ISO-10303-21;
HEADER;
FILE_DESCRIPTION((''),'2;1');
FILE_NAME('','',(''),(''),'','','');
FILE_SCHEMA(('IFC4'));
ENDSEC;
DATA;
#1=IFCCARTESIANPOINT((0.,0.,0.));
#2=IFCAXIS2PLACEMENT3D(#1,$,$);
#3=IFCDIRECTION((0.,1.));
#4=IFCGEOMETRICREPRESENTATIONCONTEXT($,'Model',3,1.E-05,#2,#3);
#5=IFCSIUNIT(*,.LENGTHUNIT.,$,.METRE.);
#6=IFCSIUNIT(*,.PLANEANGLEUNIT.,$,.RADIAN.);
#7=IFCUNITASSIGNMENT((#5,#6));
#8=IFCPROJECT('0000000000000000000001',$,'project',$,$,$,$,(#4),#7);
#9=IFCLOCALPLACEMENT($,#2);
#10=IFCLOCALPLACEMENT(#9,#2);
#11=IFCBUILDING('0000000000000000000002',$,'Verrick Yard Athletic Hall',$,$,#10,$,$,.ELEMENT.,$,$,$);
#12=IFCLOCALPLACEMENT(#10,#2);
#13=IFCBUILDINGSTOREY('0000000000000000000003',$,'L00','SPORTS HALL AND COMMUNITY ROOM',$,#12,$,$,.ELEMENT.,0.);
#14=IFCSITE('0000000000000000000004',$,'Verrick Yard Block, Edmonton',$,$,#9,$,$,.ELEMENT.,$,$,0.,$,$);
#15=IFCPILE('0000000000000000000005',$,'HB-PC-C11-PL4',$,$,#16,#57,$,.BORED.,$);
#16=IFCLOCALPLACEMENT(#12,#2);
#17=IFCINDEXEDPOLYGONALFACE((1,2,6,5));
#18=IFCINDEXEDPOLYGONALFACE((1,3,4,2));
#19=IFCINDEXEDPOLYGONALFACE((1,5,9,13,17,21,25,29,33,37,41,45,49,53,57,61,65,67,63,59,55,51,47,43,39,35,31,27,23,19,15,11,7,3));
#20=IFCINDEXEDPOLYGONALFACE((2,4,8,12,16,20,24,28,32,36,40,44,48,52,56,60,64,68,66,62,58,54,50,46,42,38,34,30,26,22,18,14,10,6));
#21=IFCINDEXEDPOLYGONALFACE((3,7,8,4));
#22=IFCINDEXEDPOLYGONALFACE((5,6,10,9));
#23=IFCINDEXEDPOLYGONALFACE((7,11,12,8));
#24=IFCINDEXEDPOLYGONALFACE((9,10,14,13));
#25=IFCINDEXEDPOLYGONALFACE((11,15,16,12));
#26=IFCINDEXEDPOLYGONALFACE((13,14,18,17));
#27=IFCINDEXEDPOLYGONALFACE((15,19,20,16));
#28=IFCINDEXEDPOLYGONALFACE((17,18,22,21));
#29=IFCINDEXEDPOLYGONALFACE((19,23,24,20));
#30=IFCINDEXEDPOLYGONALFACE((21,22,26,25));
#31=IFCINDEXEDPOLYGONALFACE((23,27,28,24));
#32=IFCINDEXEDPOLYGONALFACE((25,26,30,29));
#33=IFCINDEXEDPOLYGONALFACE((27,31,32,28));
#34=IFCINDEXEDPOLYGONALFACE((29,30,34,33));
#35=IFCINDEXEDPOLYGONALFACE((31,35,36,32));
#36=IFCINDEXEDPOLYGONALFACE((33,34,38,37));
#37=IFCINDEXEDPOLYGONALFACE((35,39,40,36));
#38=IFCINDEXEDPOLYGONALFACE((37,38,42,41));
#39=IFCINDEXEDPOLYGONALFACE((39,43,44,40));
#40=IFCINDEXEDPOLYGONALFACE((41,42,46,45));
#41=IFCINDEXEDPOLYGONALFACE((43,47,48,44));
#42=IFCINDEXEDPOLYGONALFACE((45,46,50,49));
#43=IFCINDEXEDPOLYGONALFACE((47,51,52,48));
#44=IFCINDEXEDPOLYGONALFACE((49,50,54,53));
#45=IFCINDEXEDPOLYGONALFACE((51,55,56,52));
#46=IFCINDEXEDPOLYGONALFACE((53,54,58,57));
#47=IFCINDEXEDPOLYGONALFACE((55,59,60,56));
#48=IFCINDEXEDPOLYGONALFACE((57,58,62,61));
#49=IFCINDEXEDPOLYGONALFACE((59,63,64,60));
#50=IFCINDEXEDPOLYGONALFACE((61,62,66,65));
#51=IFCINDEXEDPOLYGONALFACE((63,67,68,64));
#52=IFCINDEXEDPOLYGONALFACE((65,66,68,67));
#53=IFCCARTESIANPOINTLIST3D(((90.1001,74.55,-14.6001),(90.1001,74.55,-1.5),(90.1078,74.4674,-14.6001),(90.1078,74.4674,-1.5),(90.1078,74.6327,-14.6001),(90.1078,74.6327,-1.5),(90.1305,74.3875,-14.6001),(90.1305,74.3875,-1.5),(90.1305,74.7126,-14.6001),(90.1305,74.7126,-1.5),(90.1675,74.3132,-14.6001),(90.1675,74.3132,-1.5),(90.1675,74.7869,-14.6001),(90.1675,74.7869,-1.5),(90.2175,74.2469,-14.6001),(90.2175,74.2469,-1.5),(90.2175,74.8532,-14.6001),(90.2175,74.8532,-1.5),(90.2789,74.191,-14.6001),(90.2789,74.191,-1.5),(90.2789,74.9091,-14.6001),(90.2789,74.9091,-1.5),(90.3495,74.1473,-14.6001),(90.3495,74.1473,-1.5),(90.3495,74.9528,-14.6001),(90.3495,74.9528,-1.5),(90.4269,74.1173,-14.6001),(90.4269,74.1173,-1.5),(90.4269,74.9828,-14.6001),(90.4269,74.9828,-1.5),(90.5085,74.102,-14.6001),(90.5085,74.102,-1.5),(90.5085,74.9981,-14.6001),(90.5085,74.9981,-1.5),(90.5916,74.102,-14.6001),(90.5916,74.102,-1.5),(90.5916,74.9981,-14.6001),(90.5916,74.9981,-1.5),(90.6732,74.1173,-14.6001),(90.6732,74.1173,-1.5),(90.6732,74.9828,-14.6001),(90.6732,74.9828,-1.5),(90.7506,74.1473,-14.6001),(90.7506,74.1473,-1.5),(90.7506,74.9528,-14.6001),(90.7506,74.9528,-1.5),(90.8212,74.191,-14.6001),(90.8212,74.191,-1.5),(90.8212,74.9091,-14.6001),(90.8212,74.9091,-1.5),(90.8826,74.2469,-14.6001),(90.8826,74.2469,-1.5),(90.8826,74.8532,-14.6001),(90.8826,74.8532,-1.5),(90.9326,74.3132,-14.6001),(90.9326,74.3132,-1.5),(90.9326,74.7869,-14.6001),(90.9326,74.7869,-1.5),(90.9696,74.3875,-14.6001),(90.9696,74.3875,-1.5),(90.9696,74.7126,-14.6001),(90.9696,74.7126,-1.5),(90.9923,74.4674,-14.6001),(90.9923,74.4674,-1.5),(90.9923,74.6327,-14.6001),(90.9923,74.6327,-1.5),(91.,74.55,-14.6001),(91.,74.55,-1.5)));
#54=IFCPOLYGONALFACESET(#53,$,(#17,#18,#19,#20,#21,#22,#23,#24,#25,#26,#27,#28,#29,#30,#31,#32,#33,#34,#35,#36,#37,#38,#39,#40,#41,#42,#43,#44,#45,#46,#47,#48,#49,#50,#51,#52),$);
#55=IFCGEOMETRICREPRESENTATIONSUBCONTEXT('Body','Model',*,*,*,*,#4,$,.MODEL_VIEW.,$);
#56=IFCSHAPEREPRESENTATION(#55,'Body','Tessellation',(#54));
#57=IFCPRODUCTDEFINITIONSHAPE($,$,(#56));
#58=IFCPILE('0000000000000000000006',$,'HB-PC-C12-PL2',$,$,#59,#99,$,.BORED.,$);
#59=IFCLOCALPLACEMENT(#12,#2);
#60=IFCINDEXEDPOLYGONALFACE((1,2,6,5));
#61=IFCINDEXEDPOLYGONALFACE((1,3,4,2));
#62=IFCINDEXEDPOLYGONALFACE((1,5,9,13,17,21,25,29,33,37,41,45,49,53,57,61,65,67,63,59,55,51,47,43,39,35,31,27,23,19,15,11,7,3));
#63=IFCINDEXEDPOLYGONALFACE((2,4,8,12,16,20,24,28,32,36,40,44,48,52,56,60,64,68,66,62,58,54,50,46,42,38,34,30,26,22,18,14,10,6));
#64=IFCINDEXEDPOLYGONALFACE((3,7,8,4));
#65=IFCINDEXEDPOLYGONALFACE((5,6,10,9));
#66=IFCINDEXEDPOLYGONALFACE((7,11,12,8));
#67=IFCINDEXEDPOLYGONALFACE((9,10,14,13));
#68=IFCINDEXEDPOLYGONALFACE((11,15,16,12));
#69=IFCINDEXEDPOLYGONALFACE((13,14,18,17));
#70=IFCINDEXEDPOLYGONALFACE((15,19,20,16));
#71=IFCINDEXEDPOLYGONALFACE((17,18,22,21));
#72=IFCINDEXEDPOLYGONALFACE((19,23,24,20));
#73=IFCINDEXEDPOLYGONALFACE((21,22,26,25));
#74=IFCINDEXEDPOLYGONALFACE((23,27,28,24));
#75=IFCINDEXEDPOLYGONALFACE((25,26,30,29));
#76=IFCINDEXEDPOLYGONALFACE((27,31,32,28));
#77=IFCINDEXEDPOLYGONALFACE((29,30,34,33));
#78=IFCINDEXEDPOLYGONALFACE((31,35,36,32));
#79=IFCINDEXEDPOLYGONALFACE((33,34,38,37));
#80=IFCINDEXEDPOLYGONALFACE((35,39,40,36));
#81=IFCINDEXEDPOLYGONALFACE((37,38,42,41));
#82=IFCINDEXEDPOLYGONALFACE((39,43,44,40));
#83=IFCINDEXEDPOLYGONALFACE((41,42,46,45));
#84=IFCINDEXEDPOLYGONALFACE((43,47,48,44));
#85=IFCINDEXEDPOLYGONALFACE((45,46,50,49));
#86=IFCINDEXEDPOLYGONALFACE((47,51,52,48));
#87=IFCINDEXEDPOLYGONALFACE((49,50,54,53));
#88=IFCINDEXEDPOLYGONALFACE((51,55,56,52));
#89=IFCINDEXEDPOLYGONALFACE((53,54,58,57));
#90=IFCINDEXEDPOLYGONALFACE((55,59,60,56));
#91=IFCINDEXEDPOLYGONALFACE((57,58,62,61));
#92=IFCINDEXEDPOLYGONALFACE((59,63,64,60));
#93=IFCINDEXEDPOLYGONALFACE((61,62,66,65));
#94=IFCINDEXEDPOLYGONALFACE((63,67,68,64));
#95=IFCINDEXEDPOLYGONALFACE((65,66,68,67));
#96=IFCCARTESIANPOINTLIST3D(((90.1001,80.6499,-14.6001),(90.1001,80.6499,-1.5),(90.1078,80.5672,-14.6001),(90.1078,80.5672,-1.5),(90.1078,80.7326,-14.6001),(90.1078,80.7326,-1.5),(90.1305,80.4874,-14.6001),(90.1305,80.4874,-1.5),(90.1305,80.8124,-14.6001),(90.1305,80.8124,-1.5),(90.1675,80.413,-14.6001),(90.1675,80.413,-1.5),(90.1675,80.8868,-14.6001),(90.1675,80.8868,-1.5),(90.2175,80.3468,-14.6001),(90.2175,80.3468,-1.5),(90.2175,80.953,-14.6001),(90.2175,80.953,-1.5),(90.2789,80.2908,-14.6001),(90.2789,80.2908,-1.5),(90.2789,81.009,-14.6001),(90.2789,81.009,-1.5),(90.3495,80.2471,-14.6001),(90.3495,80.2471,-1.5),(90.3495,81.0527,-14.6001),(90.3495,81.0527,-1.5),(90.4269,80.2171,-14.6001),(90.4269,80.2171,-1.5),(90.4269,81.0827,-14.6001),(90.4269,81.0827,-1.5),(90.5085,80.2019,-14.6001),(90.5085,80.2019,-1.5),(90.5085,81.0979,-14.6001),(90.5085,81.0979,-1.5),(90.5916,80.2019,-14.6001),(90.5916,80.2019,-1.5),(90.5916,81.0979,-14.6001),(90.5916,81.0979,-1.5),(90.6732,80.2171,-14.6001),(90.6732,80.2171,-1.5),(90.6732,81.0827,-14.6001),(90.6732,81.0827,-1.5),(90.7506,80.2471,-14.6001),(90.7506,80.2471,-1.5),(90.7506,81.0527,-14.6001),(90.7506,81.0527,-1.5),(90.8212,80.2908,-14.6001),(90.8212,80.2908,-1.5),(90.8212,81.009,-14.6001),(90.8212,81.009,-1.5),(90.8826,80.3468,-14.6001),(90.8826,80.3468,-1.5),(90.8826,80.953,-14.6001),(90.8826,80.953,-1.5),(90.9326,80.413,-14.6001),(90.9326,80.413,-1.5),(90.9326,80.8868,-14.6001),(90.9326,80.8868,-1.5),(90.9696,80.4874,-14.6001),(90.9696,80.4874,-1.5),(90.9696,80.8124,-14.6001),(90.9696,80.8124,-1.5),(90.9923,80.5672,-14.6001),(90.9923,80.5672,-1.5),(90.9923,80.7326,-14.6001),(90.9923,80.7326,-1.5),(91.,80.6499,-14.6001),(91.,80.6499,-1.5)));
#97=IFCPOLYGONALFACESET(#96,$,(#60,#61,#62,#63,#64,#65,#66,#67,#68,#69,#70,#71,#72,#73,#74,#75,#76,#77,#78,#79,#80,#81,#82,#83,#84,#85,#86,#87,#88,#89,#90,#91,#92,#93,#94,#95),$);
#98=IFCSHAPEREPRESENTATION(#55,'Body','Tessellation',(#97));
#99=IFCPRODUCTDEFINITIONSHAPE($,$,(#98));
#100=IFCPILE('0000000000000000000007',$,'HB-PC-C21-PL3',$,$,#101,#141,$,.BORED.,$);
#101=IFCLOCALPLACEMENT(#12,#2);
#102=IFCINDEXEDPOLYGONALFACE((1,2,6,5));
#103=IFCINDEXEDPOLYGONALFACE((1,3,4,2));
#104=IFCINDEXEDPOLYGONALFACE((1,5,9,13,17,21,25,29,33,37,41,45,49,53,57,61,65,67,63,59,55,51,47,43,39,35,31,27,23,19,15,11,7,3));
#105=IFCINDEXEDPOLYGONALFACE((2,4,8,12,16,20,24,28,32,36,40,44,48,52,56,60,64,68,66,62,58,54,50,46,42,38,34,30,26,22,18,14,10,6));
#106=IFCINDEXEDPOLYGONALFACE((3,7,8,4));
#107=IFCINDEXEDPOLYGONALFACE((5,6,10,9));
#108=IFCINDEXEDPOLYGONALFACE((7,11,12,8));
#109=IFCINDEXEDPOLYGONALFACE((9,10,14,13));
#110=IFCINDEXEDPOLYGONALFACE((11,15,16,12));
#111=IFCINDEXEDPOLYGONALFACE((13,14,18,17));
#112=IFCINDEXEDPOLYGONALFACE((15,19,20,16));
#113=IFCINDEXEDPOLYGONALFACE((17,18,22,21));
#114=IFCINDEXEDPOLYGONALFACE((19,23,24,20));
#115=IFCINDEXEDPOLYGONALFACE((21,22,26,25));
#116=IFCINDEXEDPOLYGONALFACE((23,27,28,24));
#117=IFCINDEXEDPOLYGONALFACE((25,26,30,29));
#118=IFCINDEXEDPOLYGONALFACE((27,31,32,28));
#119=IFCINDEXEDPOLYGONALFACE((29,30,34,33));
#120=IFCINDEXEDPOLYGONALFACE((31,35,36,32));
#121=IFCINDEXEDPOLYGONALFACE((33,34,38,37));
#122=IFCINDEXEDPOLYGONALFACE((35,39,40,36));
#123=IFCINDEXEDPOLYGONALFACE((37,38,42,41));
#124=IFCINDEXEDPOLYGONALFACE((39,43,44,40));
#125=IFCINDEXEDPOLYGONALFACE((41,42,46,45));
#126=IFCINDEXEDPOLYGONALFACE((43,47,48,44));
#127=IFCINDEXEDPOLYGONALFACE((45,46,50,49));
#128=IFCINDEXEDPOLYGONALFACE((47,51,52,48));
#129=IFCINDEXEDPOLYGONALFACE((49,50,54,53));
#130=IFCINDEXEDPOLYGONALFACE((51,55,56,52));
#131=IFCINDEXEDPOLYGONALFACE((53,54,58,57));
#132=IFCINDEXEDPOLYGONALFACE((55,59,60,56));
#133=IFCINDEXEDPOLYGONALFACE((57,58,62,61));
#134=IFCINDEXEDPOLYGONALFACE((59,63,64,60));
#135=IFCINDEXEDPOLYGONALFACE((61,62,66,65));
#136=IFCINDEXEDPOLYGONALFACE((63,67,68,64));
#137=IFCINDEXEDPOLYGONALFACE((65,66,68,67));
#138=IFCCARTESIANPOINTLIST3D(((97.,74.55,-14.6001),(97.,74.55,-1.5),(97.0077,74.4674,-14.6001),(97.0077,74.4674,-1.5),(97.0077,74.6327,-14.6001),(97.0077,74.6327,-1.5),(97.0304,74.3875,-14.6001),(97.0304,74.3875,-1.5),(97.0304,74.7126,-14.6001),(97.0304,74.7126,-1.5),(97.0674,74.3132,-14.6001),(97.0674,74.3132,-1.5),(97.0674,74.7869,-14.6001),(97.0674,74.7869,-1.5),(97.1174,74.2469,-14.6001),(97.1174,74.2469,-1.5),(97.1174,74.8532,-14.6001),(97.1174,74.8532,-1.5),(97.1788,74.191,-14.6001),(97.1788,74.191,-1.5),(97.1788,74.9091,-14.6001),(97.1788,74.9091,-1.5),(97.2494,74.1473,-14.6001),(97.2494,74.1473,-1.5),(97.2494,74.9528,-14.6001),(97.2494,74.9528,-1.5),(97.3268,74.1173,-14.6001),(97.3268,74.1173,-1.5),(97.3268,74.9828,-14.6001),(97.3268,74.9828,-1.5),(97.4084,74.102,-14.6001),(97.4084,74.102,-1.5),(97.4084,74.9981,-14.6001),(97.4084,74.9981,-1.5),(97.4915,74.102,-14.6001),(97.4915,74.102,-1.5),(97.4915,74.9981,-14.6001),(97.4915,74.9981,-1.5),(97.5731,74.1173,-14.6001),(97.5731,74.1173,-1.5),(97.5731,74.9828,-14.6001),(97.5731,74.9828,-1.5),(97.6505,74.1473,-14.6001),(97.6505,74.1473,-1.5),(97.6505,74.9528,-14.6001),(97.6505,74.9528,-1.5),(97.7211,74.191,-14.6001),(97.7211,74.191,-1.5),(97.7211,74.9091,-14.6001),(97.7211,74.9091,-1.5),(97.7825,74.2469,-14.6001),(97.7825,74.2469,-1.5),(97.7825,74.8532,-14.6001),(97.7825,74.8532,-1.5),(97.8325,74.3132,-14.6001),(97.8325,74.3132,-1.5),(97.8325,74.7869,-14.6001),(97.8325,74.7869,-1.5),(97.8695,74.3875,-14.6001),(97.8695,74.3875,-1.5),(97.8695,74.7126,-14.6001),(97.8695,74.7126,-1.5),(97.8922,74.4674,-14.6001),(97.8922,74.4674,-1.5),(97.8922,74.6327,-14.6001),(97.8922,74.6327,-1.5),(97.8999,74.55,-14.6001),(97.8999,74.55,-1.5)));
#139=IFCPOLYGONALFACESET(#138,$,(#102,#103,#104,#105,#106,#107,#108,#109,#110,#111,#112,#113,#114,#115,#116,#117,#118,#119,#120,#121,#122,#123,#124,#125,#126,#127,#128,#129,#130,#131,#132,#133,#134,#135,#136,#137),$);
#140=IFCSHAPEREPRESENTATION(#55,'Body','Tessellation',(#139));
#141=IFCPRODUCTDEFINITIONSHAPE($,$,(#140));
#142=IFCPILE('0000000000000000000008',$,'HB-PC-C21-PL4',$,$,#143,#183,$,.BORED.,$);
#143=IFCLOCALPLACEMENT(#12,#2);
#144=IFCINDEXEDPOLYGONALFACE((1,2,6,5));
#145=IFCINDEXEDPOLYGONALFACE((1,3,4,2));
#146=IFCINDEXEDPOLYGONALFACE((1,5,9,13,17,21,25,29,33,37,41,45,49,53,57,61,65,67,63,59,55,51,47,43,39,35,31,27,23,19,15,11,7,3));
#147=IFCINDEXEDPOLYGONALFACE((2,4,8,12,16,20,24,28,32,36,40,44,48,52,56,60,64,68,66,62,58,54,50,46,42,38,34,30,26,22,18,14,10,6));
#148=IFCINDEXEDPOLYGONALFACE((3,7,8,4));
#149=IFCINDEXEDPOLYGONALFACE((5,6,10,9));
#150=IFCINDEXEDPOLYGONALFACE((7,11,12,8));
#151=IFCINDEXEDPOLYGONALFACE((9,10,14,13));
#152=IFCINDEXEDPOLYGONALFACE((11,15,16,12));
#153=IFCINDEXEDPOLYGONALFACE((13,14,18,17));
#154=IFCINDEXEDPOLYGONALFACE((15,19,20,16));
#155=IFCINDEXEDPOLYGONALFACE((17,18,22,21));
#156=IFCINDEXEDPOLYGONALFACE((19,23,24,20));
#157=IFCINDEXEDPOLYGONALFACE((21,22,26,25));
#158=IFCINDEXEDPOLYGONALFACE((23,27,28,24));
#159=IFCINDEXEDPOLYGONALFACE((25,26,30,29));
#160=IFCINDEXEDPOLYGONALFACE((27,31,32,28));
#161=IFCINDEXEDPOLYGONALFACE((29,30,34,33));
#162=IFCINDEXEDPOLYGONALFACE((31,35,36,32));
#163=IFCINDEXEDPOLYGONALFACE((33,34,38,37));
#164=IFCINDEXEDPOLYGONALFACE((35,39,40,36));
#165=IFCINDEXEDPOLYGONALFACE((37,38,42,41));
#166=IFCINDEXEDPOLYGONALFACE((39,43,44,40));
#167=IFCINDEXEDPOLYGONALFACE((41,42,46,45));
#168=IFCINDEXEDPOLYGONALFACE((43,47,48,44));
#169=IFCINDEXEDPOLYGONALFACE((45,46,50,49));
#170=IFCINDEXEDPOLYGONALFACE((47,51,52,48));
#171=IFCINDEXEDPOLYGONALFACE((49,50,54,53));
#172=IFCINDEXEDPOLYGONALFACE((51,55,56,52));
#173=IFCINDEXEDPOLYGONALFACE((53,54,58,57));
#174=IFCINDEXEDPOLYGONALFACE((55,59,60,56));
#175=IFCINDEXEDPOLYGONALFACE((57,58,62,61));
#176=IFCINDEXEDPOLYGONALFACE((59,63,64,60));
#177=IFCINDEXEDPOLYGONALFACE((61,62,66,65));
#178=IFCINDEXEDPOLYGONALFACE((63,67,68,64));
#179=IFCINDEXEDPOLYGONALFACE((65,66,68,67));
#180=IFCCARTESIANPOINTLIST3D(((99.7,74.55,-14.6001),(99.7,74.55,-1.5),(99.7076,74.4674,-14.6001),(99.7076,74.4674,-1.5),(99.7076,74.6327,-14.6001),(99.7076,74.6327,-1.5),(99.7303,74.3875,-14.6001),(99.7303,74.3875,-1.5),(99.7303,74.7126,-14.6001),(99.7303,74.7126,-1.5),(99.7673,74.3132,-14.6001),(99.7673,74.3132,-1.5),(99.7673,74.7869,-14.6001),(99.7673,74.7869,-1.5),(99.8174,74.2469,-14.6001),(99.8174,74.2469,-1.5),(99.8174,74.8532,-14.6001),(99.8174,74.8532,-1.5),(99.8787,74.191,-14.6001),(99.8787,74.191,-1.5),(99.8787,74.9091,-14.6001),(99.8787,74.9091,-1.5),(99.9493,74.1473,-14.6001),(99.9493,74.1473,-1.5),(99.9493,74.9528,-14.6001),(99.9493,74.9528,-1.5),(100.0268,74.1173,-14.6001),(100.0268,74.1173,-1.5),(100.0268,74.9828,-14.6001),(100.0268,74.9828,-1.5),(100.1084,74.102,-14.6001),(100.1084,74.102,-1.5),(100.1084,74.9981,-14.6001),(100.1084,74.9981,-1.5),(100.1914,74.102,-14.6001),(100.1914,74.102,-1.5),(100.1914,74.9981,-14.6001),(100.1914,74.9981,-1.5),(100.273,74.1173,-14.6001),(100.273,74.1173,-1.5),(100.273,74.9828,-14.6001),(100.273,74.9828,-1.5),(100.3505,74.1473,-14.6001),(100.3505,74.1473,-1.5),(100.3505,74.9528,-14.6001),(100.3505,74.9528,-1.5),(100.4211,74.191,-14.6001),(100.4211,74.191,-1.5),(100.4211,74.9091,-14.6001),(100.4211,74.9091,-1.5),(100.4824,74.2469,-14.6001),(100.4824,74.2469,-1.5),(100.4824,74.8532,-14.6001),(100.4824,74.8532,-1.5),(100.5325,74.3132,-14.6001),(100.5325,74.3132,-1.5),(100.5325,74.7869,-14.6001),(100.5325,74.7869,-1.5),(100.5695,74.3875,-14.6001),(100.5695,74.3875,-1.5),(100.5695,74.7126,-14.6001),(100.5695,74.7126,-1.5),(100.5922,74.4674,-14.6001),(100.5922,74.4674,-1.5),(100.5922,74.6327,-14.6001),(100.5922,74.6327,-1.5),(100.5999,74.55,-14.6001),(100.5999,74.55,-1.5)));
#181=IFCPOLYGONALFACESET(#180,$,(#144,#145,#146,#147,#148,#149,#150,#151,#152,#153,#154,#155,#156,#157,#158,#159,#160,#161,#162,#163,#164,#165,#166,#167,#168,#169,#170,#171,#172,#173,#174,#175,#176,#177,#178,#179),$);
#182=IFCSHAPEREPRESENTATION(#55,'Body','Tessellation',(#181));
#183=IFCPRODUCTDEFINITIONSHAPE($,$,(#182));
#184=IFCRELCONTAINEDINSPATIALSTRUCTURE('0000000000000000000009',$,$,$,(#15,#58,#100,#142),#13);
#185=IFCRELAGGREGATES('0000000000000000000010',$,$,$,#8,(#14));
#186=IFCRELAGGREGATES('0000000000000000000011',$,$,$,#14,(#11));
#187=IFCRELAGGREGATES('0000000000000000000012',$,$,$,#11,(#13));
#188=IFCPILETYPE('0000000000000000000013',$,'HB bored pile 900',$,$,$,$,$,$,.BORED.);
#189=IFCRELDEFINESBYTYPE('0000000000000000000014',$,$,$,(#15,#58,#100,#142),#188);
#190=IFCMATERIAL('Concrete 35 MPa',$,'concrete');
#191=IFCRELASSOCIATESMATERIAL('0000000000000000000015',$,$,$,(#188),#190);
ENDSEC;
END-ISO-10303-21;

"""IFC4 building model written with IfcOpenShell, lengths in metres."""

from ifc_helpers import new_model, si_unit, direction, frame, origin, origin_2d, place, context, subcontext, project, spatial, circle, extrude, material, material_profile, profile_set, type_object, element, save


model = new_model("IFC4")

# Units and contexts
model_context = context("Model", 3, precision=1e-05, world=origin(), true_north=direction((0.0, 1.0)))
body_context = subcontext(model_context, "Body", "Model", "MODEL_VIEW")
ifc_project = project(units=[si_unit("LENGTHUNIT", "METRE"), si_unit("PLANEANGLEUNIT", "RADIAN")], contexts=[model_context])

# Site, building, storey
site_placement = place(None, origin())
site = spatial("IfcSite", under=ifc_project, at=site_placement, Name="Verrick Yard Block, Edmonton", CompositionType="ELEMENT", RefElevation=0.0)
building_placement = place(site_placement, origin())
building = spatial("IfcBuilding", under=site, at=building_placement, Name="Verrick Yard Athletic Hall", CompositionType="ELEMENT")
storey_placement = place(building_placement, origin())
storey = spatial("IfcBuildingStorey", under=building, at=storey_placement, Name="L00", Description="SPORTS HALL AND COMMUNITY ROOM", CompositionType="ELEMENT", Elevation=0.0)

# Piles
ifc_material_1 = material(Name="Concrete 35 MPa", Category="concrete")
ifc_material_profile_1 = material_profile(ifc_material_1, circle(Radius=0.45, at=origin_2d()), Name="Bored pile 900")
ifc_profile_set_1 = profile_set([ifc_material_profile_1], Name="Concrete 35 MPa")
pile_type = type_object("IfcPileType", Name="HB bored pile 900", PredefinedType="BORED", material=ifc_profile_set_1)
for number, where, z_axis, x_axis, name in (
    (1, (90.55, 74.55, -1.5), (0.0, 0.0, -1.0), (1.0, 0.0, 0.0), "HB-PC-C11-PL4"),
    (2, (90.55, 80.6499, -1.5), (0.0, 0.0, -1.0), (1.0, 0.0, 0.0), "HB-PC-C12-PL2"),
    (3, (97.45, 74.55, -1.5), (0.0, 0.0, -1.0), (1.0, 0.0, 0.0), "HB-PC-C21-PL3"),
    (4, (100.1499, 74.55, -1.5), (0.0, 0.0, -1.0), (1.0, 0.0, 0.0), "HB-PC-C21-PL4"),
):
    element("IfcPile", number, at=place(storey_placement, frame(where, z_axis=z_axis, x_axis=x_axis)), inside=storey, type_object=pile_type, Name=name, PredefinedType="BORED", context=body_context, shape_type="SweptSolid", body=[
        extrude(circle(Radius=0.45, at=origin_2d()), origin(), (0.0, 0.0, 1.0), 13.1001),
    ])

save(model, "model.ifc")
